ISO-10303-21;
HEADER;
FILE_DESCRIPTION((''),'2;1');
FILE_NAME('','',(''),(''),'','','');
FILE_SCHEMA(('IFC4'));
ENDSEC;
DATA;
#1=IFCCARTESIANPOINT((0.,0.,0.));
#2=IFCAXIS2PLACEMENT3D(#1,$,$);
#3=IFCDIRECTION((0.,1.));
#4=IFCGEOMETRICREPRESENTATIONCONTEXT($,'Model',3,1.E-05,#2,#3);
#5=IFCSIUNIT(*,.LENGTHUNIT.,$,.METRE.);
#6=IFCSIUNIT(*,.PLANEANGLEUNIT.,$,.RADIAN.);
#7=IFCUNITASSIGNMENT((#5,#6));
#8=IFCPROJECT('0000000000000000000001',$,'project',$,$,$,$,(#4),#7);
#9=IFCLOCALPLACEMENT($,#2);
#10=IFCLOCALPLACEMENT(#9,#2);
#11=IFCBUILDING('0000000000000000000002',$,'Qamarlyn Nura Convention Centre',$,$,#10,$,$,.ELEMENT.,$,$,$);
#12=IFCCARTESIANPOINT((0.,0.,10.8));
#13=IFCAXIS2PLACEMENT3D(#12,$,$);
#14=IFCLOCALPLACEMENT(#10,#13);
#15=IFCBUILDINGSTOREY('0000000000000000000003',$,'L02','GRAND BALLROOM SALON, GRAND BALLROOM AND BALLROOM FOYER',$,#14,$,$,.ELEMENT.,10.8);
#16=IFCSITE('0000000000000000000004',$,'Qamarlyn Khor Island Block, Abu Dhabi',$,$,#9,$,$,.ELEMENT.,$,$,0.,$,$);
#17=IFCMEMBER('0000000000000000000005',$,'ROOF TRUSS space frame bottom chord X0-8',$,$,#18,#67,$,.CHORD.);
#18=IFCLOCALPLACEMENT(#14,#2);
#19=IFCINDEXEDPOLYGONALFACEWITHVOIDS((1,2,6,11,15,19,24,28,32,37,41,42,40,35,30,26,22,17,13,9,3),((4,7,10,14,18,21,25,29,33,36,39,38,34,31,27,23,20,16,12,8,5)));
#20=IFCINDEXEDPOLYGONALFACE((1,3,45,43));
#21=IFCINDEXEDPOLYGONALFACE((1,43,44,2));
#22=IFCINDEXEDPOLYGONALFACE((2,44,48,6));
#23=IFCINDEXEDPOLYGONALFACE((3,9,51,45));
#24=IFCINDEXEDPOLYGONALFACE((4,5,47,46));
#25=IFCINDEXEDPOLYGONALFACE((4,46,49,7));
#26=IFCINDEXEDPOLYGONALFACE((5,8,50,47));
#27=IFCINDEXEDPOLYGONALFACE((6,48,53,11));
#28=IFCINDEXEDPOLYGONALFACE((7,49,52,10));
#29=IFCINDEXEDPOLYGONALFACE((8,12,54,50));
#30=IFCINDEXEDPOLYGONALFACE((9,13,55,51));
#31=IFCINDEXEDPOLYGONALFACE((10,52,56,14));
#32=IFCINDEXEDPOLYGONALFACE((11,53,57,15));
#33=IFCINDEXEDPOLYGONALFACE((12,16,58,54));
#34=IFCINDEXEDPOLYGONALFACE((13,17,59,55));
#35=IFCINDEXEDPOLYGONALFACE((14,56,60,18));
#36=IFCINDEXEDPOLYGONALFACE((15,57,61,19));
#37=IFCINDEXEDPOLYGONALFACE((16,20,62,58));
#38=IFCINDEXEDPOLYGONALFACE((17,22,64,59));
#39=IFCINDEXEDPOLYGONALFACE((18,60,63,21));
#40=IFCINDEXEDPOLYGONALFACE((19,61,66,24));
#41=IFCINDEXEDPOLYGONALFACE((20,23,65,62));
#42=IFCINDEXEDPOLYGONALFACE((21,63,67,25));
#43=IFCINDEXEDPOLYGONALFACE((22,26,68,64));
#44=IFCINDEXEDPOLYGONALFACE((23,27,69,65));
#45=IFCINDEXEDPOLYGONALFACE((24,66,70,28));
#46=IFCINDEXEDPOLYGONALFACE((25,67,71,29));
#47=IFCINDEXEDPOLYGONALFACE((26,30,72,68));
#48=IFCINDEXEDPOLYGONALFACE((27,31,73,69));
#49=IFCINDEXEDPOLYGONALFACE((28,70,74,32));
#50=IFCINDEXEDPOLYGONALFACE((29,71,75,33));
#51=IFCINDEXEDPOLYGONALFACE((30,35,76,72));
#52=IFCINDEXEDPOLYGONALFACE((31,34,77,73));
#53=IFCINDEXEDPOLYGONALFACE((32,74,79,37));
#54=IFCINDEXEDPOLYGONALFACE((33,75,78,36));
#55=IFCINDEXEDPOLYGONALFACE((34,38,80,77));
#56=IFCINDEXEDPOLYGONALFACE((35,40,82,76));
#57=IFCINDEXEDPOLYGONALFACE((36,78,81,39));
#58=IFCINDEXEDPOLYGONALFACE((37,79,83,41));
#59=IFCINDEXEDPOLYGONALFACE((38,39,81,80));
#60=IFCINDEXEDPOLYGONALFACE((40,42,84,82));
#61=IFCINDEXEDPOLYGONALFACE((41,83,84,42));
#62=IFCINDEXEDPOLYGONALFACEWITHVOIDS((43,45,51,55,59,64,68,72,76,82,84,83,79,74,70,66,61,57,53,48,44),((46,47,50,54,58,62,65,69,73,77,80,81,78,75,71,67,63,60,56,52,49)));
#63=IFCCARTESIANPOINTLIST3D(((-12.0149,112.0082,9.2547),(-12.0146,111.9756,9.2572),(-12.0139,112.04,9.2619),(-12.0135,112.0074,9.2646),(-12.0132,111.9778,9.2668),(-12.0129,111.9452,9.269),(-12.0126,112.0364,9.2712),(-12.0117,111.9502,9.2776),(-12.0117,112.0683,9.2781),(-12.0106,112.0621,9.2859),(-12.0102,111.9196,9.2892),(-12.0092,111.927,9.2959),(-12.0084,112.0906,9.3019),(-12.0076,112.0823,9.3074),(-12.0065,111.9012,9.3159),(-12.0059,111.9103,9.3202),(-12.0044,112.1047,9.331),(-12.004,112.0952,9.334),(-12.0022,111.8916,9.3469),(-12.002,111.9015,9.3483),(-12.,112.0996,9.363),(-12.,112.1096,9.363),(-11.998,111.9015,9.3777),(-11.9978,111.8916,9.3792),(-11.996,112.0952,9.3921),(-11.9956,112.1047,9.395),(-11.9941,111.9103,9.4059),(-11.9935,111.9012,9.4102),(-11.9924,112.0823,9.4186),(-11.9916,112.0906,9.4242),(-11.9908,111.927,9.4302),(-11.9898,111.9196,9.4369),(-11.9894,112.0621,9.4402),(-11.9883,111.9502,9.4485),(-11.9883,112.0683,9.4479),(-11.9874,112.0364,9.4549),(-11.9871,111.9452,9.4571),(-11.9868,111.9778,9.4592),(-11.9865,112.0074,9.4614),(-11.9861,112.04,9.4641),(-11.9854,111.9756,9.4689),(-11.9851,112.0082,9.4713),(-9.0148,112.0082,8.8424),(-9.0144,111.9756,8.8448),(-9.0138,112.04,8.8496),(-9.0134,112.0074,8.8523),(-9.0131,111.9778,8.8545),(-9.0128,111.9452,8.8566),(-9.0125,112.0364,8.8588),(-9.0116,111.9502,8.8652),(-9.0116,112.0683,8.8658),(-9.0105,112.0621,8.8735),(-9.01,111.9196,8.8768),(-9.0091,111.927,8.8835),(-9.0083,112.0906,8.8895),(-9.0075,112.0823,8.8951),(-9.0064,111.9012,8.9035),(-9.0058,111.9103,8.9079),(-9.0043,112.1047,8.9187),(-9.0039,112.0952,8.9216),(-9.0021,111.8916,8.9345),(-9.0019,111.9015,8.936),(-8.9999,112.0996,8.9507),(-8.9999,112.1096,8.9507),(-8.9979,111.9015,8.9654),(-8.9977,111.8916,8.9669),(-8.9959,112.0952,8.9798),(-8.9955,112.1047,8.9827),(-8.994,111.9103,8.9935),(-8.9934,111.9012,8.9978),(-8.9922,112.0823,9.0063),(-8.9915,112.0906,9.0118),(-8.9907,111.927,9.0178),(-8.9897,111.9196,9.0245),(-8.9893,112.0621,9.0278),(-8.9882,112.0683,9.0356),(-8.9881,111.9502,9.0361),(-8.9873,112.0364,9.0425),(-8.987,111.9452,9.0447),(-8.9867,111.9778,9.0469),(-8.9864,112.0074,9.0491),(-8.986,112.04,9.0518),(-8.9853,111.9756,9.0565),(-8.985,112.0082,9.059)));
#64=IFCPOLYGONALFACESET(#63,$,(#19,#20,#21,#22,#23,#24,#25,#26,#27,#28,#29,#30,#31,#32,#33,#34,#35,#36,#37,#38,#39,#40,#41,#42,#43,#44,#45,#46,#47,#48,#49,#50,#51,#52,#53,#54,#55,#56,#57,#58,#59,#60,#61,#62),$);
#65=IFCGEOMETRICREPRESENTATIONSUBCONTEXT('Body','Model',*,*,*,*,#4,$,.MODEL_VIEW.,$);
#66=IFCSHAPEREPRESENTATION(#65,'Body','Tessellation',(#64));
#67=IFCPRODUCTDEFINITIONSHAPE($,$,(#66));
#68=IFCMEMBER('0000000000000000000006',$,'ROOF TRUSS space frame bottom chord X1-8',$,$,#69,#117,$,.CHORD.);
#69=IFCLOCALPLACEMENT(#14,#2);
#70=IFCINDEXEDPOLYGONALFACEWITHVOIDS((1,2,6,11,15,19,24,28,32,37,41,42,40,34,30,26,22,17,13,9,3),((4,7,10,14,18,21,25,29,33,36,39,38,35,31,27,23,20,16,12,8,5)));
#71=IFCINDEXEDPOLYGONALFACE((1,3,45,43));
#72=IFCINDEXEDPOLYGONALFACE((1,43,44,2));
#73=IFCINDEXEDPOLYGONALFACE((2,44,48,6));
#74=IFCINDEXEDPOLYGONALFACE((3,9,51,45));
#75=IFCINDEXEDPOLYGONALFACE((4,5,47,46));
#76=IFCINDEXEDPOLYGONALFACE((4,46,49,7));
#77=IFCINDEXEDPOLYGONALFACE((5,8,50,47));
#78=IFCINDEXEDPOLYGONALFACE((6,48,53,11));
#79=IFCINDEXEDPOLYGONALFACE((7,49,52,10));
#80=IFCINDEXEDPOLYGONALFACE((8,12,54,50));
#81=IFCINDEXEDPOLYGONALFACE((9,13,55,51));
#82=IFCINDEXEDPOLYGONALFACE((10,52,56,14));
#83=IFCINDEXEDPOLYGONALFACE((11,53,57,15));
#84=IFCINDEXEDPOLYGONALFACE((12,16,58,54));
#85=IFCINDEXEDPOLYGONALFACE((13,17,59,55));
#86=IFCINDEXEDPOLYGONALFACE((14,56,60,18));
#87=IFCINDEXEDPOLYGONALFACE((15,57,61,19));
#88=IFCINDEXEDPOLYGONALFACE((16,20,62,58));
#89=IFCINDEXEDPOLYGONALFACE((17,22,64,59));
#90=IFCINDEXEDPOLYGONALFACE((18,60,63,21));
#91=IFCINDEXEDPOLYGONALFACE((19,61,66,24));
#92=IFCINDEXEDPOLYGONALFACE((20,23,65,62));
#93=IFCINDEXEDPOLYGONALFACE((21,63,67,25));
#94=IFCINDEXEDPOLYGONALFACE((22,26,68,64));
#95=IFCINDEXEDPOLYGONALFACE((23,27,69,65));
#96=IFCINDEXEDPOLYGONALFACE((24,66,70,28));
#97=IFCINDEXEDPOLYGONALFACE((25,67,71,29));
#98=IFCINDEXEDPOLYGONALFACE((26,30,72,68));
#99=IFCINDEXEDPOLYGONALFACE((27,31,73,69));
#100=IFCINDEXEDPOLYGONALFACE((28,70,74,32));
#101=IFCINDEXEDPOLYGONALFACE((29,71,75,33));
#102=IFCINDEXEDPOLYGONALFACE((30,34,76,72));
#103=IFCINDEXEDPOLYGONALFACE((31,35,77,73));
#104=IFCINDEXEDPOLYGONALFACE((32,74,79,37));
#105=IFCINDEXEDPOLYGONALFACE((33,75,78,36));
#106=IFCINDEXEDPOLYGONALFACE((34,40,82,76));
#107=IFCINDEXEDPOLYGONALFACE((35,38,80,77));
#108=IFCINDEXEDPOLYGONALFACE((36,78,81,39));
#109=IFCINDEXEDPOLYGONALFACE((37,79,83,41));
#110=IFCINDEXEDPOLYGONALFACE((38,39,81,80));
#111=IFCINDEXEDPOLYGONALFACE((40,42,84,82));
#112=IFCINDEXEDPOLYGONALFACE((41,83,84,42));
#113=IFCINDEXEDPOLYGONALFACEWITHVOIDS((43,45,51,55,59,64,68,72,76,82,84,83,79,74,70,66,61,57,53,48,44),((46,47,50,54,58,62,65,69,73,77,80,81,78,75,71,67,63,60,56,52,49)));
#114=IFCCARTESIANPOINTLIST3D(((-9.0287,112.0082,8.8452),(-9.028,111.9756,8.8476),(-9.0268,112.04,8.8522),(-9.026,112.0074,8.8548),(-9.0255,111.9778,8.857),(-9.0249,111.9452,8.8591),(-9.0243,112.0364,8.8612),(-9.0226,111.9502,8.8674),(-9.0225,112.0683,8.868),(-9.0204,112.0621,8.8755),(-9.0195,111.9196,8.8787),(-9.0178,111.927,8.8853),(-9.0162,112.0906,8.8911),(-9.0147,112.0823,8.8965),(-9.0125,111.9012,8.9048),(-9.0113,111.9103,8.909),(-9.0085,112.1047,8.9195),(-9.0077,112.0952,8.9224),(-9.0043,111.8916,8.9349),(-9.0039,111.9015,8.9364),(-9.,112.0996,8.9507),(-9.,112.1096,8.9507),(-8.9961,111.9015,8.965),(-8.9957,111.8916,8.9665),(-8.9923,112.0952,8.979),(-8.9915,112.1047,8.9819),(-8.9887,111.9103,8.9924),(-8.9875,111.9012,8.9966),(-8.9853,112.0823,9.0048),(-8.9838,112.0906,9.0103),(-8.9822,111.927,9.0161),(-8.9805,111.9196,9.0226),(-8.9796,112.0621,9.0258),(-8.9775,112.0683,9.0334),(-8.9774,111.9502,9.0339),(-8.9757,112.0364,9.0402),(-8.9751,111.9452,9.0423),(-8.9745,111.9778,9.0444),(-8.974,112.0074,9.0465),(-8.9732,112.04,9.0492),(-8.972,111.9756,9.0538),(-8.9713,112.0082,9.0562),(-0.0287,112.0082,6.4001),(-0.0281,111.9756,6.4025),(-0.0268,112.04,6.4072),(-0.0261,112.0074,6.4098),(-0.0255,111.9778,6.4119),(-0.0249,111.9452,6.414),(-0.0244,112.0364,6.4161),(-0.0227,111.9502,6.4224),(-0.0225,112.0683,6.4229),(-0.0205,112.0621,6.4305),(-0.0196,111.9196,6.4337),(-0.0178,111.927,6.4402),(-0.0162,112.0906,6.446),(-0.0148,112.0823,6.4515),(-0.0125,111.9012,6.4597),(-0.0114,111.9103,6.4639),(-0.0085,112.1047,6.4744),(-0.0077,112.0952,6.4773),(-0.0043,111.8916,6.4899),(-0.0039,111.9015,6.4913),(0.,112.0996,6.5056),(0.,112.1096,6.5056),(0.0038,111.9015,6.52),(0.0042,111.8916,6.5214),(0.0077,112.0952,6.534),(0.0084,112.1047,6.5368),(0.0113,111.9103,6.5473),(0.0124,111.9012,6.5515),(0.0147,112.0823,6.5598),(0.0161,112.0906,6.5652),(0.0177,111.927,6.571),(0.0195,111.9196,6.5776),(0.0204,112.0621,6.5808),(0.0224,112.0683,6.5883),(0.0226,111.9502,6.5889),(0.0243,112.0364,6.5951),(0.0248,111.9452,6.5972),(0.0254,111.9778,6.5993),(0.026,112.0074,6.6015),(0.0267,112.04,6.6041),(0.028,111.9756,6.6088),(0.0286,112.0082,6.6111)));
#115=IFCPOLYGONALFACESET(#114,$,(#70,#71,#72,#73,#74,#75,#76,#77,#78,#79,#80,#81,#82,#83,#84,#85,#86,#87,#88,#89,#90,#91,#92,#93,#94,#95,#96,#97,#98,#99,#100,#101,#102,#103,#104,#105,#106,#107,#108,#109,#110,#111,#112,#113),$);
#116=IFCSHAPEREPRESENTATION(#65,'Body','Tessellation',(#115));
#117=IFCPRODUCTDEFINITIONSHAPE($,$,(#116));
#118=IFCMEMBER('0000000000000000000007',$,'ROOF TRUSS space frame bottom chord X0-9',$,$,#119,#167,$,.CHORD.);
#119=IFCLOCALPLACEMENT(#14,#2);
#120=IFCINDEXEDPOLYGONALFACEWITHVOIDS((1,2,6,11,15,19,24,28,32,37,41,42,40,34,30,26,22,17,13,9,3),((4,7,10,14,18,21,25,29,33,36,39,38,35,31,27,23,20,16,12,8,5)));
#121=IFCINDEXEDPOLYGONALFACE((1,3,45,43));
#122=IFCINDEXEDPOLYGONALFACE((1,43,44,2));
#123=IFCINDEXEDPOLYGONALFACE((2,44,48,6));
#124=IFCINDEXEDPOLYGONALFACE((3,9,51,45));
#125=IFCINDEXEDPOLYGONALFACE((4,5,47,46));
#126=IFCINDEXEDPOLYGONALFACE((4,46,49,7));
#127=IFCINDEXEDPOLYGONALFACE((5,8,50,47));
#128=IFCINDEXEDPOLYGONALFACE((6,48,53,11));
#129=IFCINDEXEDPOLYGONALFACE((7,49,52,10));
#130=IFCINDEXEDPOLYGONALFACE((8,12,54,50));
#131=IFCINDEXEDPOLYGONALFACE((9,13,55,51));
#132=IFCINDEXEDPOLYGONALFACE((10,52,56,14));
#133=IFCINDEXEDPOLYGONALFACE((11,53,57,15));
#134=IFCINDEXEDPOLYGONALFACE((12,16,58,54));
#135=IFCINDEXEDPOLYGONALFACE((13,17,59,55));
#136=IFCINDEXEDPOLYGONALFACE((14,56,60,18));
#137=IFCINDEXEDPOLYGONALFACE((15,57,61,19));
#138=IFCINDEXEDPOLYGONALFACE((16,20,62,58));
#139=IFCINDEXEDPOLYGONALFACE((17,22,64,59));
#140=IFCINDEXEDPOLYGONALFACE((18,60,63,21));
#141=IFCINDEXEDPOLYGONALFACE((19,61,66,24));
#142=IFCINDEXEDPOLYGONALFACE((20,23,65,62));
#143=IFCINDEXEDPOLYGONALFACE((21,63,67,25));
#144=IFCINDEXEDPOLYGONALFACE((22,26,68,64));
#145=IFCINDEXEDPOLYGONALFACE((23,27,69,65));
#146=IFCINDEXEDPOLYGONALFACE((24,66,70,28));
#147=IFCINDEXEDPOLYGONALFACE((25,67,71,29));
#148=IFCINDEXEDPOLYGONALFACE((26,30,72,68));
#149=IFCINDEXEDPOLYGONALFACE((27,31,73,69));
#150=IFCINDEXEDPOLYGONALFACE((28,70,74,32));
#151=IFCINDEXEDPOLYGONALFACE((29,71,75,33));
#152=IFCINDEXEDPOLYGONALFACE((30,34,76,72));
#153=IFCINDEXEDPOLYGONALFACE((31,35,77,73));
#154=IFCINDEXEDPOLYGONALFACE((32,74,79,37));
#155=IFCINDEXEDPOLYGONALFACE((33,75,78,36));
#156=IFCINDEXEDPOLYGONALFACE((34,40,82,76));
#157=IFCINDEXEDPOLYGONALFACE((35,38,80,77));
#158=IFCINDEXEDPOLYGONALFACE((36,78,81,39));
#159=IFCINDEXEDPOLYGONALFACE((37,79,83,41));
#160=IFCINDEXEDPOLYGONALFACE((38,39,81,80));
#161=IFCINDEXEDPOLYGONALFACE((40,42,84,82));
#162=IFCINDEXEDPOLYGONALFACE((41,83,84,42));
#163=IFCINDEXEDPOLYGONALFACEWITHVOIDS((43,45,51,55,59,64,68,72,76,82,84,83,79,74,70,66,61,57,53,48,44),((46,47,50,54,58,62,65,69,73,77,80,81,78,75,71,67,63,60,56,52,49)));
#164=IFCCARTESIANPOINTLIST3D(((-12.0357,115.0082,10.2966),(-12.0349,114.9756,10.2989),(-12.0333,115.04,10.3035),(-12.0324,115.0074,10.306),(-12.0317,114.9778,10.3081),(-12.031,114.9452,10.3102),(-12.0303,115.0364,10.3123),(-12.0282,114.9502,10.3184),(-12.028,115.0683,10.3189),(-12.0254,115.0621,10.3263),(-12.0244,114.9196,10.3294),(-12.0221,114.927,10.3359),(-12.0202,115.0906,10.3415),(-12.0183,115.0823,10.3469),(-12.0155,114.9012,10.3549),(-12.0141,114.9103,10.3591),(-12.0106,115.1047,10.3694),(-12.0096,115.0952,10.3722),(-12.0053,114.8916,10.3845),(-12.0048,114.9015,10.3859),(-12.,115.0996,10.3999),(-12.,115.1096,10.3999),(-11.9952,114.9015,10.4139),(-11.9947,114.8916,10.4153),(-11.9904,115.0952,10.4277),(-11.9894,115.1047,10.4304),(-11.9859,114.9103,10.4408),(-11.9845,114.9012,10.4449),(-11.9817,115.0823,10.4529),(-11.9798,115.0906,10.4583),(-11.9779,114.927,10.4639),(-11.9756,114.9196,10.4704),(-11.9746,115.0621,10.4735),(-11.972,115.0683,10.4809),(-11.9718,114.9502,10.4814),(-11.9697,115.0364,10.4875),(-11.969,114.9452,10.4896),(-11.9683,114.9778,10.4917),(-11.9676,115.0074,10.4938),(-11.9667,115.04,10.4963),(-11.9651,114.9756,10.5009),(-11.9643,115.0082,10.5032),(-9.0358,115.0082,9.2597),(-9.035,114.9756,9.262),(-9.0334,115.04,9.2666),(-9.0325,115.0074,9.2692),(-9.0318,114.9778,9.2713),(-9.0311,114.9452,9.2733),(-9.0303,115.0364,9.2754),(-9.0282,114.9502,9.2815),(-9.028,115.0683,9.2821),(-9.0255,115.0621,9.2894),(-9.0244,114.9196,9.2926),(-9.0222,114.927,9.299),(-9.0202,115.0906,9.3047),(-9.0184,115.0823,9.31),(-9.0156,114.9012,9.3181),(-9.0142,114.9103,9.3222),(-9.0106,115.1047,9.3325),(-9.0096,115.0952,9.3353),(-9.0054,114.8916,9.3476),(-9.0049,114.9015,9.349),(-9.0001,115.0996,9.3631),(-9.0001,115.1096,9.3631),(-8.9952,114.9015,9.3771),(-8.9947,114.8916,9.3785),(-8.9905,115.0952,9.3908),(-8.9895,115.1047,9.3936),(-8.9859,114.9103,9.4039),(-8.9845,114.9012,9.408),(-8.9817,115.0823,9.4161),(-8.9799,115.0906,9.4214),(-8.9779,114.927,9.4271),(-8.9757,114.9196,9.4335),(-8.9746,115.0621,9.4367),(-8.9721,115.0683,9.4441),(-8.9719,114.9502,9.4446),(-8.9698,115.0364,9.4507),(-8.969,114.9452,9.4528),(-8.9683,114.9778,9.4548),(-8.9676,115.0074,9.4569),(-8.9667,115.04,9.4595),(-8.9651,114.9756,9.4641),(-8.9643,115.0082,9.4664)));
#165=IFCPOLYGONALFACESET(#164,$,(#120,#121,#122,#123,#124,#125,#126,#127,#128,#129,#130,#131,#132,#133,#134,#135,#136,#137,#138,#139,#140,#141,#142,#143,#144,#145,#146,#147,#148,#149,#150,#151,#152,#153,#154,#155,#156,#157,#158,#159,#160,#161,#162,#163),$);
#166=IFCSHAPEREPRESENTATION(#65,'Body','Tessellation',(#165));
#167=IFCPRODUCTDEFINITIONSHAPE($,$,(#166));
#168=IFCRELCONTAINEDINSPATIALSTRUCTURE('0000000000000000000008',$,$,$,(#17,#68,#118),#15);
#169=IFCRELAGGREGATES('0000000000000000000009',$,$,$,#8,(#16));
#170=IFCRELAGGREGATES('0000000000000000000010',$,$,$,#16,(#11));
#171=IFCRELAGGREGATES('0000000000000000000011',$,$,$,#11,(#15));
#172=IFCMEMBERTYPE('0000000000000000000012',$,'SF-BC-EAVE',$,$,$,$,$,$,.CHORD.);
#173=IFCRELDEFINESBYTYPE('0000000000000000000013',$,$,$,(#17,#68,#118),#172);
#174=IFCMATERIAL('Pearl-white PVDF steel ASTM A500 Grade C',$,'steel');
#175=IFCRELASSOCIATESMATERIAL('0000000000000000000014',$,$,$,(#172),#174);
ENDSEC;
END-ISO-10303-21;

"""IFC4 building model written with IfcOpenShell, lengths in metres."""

from ifc_helpers import new_model, si_unit, direction, frame, origin, origin_2d, place, context, subcontext, project, spatial, hollow_circle, extrude, material, material_profile, profile_set, type_object, element, save


model = new_model("IFC4")

# Units and contexts
model_context = context("Model", 3, precision=1e-05, world=origin(), true_north=direction((0.0, 1.0)))
body_context = subcontext(model_context, "Body", "Model", "MODEL_VIEW")
ifc_project = project(units=[si_unit("LENGTHUNIT", "METRE"), si_unit("PLANEANGLEUNIT", "RADIAN")], contexts=[model_context])

# Site, building, storey
site_placement = place(None, origin())
site = spatial("IfcSite", under=ifc_project, at=site_placement, Name="Qamarlyn Khor Island Block, Abu Dhabi", CompositionType="ELEMENT", RefElevation=0.0)
building_placement = place(site_placement, origin())
building = spatial("IfcBuilding", under=site, at=building_placement, Name="Qamarlyn Nura Convention Centre", CompositionType="ELEMENT")
storey_placement = place(building_placement, frame((0.0, 0.0, 10.8)))
storey = spatial("IfcBuildingStorey", under=building, at=storey_placement, Name="L02", Description="GRAND BALLROOM SALON, GRAND BALLROOM AND BALLROOM FOYER", CompositionType="ELEMENT", Elevation=10.8)

# Members
ifc_material_1 = material(Name="Pearl-white PVDF steel ASTM A500 Grade C", Category="steel")
ifc_material_profile_1 = material_profile(ifc_material_1, hollow_circle(Radius=0.1096, WallThickness=0.01, at=origin_2d()), Name="CHS219.1X10")
ifc_profile_set_1 = profile_set([ifc_material_profile_1], Name="Pearl-white PVDF steel ASTM A500 Grade C")
member_type_1 = type_object("IfcMemberType", Name="SF-BC-EAVE", PredefinedType="CHORD", material=ifc_profile_set_1)
member_1_placement = place(storey_placement, frame((-12.0, 112.0, 9.363), z_axis=(0.990685, 0.0, -0.136171), x_axis=(0.0, 1.0, 0.0)))
element("IfcMember", 1, at=member_1_placement, inside=storey, type_object=member_type_1, Name="ROOF TRUSS space frame bottom chord X0-8", PredefinedType="CHORD", context=body_context, shape_type="SweptSolid", body=[
    extrude(hollow_circle(Radius=0.1096, WallThickness=0.01, at=origin_2d()), origin(), (0.0, 0.0, 1.0), 3.0283),
])
member_2_placement = place(storey_placement, frame((-9.0, 112.0, 8.9507), z_axis=(0.965021, 0.0, -0.262171), x_axis=(0.0, 1.0, 0.0)))
element("IfcMember", 2, at=member_2_placement, inside=storey, type_object=member_type_1, Name="ROOF TRUSS space frame bottom chord X1-8", PredefinedType="CHORD", context=body_context, shape_type="SweptSolid", body=[
    extrude(hollow_circle(Radius=0.1096, WallThickness=0.01, at=origin_2d()), origin(), (0.0, 0.0, 1.0), 9.3262),
])
for number, where, z_axis, x_axis, name in (
    (3, (-12.0, 115.0, 10.3999), (0.945141, 0.0, -0.326661), (0.0, 1.0, 0.0), "ROOF TRUSS space frame bottom chord X0-9"),
):
    element("IfcMember", number, at=place(storey_placement, frame(where, z_axis=z_axis, x_axis=x_axis)), inside=storey, type_object=member_type_1, Name=name, PredefinedType="CHORD", context=body_context, shape_type="SweptSolid", body=[
        extrude(hollow_circle(Radius=0.1096, WallThickness=0.01, at=origin_2d()), origin(), (0.0, 0.0, 1.0), 3.1741),
    ])

save(model, "model.ifc")
